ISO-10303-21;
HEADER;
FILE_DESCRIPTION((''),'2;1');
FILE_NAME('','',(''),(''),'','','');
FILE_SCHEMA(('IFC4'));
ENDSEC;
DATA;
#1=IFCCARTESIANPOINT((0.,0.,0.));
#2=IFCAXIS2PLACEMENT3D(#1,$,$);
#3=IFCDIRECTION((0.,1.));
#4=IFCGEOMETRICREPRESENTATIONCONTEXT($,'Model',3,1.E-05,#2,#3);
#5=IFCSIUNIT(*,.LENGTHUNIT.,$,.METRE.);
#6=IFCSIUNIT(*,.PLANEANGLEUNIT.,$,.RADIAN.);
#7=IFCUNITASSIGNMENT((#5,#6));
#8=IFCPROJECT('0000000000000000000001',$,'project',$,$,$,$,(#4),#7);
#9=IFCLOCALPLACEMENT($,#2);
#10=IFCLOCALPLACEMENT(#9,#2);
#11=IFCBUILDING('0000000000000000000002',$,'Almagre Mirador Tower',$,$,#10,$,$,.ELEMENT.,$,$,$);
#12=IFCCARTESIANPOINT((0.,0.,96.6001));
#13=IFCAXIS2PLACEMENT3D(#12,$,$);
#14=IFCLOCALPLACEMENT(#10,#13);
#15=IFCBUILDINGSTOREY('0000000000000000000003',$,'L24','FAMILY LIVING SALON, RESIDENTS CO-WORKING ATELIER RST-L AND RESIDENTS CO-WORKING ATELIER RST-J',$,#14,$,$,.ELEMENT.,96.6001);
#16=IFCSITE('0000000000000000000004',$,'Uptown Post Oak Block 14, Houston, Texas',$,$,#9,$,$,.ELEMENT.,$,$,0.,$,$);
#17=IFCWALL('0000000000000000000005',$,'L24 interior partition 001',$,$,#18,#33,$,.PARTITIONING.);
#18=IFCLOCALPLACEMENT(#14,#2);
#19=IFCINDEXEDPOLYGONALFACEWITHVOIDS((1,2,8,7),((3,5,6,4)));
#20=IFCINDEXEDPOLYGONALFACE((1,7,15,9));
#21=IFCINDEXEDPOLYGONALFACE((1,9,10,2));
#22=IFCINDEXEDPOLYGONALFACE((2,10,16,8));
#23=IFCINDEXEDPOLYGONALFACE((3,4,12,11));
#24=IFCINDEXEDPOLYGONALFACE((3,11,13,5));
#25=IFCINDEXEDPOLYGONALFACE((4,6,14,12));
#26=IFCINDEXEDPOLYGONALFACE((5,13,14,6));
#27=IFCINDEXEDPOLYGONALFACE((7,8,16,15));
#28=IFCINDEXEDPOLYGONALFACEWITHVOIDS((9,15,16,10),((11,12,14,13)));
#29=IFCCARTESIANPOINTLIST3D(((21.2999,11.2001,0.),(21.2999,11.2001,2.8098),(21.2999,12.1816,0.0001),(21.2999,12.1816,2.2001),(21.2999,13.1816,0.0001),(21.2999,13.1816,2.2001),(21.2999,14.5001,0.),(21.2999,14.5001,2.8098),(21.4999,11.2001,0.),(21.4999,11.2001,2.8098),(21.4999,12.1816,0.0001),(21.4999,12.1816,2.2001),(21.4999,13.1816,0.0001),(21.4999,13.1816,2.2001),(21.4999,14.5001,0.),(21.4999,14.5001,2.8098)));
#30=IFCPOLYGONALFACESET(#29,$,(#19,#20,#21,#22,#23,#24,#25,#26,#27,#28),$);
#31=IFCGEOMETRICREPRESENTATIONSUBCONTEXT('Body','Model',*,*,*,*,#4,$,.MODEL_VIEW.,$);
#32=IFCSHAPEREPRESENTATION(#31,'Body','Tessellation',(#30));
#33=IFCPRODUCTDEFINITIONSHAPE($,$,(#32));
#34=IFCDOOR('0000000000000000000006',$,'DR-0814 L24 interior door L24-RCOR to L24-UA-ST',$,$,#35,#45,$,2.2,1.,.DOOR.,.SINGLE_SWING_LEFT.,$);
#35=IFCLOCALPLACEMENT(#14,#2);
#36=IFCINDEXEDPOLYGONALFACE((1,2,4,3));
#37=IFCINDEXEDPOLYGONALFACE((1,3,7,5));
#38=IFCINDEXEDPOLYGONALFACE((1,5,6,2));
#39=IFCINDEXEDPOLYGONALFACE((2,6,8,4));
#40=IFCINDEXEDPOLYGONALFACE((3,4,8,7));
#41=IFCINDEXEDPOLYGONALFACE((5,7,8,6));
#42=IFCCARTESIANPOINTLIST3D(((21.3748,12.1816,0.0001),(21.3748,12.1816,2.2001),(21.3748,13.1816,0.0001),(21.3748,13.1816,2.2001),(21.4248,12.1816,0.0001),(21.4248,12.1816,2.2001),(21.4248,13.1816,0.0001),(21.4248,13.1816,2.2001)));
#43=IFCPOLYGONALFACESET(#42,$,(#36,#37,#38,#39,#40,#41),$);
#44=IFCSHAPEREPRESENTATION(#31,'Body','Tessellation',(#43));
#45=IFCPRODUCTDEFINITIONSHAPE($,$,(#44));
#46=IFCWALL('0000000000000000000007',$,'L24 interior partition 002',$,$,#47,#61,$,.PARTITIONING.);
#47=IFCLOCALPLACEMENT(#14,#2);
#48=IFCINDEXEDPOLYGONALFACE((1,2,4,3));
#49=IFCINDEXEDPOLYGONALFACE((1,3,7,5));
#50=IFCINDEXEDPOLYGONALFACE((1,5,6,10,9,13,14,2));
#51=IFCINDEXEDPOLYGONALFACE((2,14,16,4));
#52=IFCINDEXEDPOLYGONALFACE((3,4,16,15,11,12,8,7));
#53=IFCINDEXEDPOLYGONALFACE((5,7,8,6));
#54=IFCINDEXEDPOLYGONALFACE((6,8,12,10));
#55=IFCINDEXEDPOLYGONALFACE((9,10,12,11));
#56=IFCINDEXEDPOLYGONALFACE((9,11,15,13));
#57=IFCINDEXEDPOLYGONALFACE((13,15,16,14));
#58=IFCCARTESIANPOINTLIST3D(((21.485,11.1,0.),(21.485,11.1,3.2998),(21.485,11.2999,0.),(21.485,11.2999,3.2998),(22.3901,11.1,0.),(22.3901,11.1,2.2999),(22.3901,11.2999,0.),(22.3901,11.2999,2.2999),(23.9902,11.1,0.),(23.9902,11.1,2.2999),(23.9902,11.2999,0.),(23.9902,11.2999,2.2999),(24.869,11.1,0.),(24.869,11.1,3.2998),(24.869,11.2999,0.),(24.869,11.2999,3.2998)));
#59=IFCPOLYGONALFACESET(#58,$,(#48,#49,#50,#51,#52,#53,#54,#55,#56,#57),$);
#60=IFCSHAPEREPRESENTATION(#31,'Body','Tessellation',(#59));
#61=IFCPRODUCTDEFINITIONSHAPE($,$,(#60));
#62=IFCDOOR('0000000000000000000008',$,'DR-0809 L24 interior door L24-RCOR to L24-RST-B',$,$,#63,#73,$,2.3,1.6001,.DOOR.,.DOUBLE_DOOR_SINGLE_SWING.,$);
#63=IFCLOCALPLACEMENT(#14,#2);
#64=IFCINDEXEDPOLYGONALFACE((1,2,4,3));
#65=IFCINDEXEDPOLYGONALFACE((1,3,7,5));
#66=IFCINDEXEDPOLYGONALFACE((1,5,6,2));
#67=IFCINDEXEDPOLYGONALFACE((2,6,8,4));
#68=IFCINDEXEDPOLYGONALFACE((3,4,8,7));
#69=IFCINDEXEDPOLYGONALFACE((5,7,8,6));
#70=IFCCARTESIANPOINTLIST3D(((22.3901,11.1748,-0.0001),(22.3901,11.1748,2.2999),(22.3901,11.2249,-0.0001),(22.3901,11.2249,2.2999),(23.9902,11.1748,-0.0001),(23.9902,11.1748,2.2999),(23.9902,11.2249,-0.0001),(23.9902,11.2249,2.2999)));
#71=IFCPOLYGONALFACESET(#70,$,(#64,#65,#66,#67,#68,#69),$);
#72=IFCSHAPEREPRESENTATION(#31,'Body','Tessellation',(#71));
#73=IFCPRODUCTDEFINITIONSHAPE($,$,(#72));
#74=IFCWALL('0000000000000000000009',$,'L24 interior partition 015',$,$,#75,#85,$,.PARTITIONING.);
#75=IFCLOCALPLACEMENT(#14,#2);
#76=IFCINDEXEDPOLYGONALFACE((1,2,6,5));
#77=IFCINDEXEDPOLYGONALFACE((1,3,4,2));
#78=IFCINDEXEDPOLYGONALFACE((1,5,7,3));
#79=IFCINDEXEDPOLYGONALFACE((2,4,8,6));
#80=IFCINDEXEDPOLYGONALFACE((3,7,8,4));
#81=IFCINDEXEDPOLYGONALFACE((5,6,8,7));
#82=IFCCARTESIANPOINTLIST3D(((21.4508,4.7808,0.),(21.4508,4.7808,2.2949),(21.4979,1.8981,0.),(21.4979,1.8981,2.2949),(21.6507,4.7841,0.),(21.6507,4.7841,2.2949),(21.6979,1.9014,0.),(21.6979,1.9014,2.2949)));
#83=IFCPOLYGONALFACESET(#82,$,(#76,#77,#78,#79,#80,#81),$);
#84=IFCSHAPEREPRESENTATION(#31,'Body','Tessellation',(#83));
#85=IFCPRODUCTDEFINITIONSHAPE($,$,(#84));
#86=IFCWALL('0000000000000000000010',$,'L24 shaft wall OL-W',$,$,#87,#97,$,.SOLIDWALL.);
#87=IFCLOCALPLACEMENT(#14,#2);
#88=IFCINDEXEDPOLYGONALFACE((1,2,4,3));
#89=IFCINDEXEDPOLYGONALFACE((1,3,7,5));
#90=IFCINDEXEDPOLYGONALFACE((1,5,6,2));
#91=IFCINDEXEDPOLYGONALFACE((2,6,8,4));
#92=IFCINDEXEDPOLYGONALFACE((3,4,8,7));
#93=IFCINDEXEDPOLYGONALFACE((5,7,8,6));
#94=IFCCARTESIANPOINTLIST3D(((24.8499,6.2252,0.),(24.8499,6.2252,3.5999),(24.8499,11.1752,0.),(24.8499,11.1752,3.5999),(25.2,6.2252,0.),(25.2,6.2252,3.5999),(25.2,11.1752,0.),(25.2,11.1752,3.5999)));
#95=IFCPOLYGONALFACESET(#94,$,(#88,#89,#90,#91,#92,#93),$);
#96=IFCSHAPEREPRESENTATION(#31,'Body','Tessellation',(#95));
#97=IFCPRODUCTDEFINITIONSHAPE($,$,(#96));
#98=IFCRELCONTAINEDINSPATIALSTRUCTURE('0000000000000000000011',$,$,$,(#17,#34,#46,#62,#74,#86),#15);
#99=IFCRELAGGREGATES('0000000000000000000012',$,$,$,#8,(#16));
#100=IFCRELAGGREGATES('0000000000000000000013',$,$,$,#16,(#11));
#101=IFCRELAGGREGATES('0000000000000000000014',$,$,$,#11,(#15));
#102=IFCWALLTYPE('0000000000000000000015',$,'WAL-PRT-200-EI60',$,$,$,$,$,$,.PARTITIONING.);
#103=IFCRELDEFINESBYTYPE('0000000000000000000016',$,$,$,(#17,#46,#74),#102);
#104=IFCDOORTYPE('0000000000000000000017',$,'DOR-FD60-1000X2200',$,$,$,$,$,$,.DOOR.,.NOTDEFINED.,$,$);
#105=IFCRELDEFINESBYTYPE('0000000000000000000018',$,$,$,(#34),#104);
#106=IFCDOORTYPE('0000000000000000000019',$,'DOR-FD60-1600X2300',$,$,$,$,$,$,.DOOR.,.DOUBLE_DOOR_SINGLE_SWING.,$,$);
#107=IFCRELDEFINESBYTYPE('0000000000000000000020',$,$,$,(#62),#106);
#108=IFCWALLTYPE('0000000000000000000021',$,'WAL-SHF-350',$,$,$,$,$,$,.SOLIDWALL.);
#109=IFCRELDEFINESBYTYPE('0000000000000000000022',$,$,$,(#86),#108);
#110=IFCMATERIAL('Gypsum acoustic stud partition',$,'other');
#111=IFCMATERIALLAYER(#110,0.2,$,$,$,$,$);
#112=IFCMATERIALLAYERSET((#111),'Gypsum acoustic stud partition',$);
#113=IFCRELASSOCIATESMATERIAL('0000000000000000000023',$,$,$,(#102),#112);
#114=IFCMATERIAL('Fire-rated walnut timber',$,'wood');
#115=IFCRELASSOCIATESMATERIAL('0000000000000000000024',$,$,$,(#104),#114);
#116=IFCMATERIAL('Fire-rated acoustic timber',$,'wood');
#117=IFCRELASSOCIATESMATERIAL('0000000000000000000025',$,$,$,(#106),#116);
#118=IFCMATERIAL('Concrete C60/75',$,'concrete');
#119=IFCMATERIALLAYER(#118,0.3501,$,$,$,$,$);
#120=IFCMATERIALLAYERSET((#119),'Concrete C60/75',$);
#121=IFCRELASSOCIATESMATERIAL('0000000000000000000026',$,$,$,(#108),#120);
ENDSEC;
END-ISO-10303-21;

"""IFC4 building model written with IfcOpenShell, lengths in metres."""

from ifc_helpers import new_model, si_unit, direction, frame, frame_2d, origin, place, context, subcontext, project, spatial, rectangle, extrude, material, layer, layer_set, type_object, element, fill, save


model = new_model("IFC4")

# Units and contexts
model_context = context("Model", 3, precision=1e-05, world=origin(), true_north=direction((0.0, 1.0)))
body_context = subcontext(model_context, "Body", "Model", "MODEL_VIEW")
ifc_project = project(units=[si_unit("LENGTHUNIT", "METRE"), si_unit("PLANEANGLEUNIT", "RADIAN")], contexts=[model_context])

# Site, building, storey
site_placement = place(None, origin())
site = spatial("IfcSite", under=ifc_project, at=site_placement, Name="Uptown Post Oak Block 14, Houston, Texas", CompositionType="ELEMENT", RefElevation=0.0)
building_placement = place(site_placement, origin())
building = spatial("IfcBuilding", under=site, at=building_placement, Name="Almagre Mirador Tower", CompositionType="ELEMENT")
storey_placement = place(building_placement, frame((0.0, 0.0, 96.6001)))
storey = spatial("IfcBuildingStorey", under=building, at=storey_placement, Name="L24", Description="FAMILY LIVING SALON, RESIDENTS CO-WORKING ATELIER RST-L AND RESIDENTS CO-WORKING ATELIER RST-J", CompositionType="ELEMENT", Elevation=96.6001)

# Walls, openings, doors
ifc_material_1 = material(Name="Gypsum acoustic stud partition", Category="other")
ifc_layer_1 = layer(ifc_material_1, 0.2)
ifc_layer_set_1 = layer_set([ifc_layer_1], Name="Gypsum acoustic stud partition")
wall_type_1 = type_object("IfcWallType", Name="WAL-PRT-200-EI60", PredefinedType="PARTITIONING", material=ifc_layer_set_1)
wall_1_placement = place(storey_placement, frame((21.3999, 14.5, 0.0), z_axis=(0.0, 0.0, 1.0), x_axis=(0.0, -1.0, 0.0)))
wall_1 = element("IfcWall", 1, at=wall_1_placement, inside=storey, type_object=wall_type_1, Name="L24 interior partition 001", PredefinedType="PARTITIONING", context=body_context, shape_type="SweptSolid", body=[
    extrude(rectangle(XDim=3.3, YDim=0.2, at=frame_2d((1.6499, 0.0))), origin(), (0.0, 0.0, 1.0), 2.8098),
])
opening_1_placement = place(wall_1_placement, frame((1.3184, 0.0, 0.0)))
opening_1 = element("IfcOpeningElement", 2, at=opening_1_placement, cuts=wall_1, PredefinedType="OPENING", context=body_context, shape_type="SweptSolid", body=[
    extrude(rectangle(XDim=1.0, YDim=2.2, at=frame_2d((0.5, 1.1001))), frame((0.0, 0.1101, 0.0), z_axis=(0.0, -1.0, 0.0), x_axis=(1.0, 0.0, 0.0)), (0.0, 0.0, 1.0), 0.22),
])
ifc_material_2 = material(Name="Fire-rated walnut timber", Category="wood")
door_type_1 = type_object("IfcDoorType", Name="DOR-FD60-1000X2200", OperationType="NOTDEFINED", PredefinedType="DOOR", material=ifc_material_2)
door_1_placement = place(opening_1_placement, origin())
door_1 = element("IfcDoor", 3, at=door_1_placement, inside=storey, type_object=door_type_1, Name="DR-0814 L24 interior door L24-RCOR to L24-UA-ST", OperationType="SINGLE_SWING_LEFT", OverallHeight=2.2, OverallWidth=1.0, PredefinedType="DOOR", context=body_context, shape_type="SweptSolid", body=[
    extrude(rectangle(XDim=1.0, YDim=2.2, at=frame_2d((0.5, 1.1001))), frame((0.0, 0.0249, 0.0), z_axis=(0.0, -1.0, 0.0), x_axis=(1.0, 0.0, 0.0)), (0.0, 0.0, 1.0), 0.05),
])
fill(opening_1, door_1)
wall_2_placement = place(storey_placement, frame((21.4851, 11.2, 0.0), z_axis=(0.0, 0.0, 1.0), x_axis=(1.0, 0.0, 0.0)))
wall_2 = element("IfcWall", 4, at=wall_2_placement, inside=storey, type_object=wall_type_1, Name="L24 interior partition 002", PredefinedType="PARTITIONING", context=body_context, shape_type="SweptSolid", body=[
    extrude(rectangle(XDim=3.384, YDim=0.2, at=frame_2d((1.6919, 0.0))), origin(), (0.0, 0.0, 1.0), 3.2998),
])
opening_2_placement = place(wall_2_placement, frame((0.905, 0.0, 0.0)))
opening_2 = element("IfcOpeningElement", 5, at=opening_2_placement, cuts=wall_2, PredefinedType="OPENING", context=body_context, shape_type="SweptSolid", body=[
    extrude(rectangle(XDim=1.6001, YDim=2.3, at=frame_2d((0.8, 1.1499))), frame((0.0, 0.1101, 0.0), z_axis=(0.0, -1.0, 0.0), x_axis=(1.0, 0.0, 0.0)), (0.0, 0.0, 1.0), 0.22),
])
ifc_material_3 = material(Name="Fire-rated acoustic timber", Category="wood")
door_type_2 = type_object("IfcDoorType", Name="DOR-FD60-1600X2300", OperationType="DOUBLE_DOOR_SINGLE_SWING", PredefinedType="DOOR", material=ifc_material_3)
door_2_placement = place(opening_2_placement, origin())
door_2 = element("IfcDoor", 6, at=door_2_placement, inside=storey, type_object=door_type_2, Name="DR-0809 L24 interior door L24-RCOR to L24-RST-B", OperationType="DOUBLE_DOOR_SINGLE_SWING", OverallHeight=2.3, OverallWidth=1.6001, PredefinedType="DOOR", context=body_context, shape_type="SweptSolid", body=[
    extrude(rectangle(XDim=1.6001, YDim=2.3, at=frame_2d((0.8, 1.1499))), frame((0.0, 0.0249, 0.0), z_axis=(0.0, -1.0, 0.0), x_axis=(1.0, 0.0, 0.0)), (0.0, 0.0, 1.0), 0.05),
])
fill(opening_2, door_2)

# Walls
wall_3_placement = place(storey_placement, frame((21.5979, 1.8999, 0.0), z_axis=(0.0, 0.0, 1.0), x_axis=(-0.016344, 0.999866, 0.0)))
element("IfcWall", 7, at=wall_3_placement, inside=storey, type_object=wall_type_1, Name="L24 interior partition 015", PredefinedType="PARTITIONING", context=body_context, shape_type="SweptSolid", body=[
    extrude(rectangle(XDim=2.8831, YDim=0.2, at=frame_2d((1.4414, 0.0))), origin(), (0.0, 0.0, 1.0), 2.2949),
])
ifc_material_4 = material(Name="Concrete C60/75", Category="concrete")
ifc_layer_2 = layer(ifc_material_4, 0.3501)
ifc_layer_set_2 = layer_set([ifc_layer_2], Name="Concrete C60/75")
wall_type_2 = type_object("IfcWallType", Name="WAL-SHF-350", PredefinedType="SOLIDWALL", material=ifc_layer_set_2)
wall_4_placement = place(storey_placement, frame((25.0249, 6.2251, 0.0), z_axis=(0.0, 0.0, 1.0), x_axis=(0.0, 1.0, 0.0)))
element("IfcWall", 8, at=wall_4_placement, inside=storey, type_object=wall_type_2, Name="L24 shaft wall OL-W", PredefinedType="SOLIDWALL", context=body_context, shape_type="SweptSolid", body=[
    extrude(rectangle(XDim=4.95, YDim=0.3501, at=frame_2d((2.4751, 0.0))), origin(), (0.0, 0.0, 1.0), 3.5999),
])

save(model, "model.ifc")
